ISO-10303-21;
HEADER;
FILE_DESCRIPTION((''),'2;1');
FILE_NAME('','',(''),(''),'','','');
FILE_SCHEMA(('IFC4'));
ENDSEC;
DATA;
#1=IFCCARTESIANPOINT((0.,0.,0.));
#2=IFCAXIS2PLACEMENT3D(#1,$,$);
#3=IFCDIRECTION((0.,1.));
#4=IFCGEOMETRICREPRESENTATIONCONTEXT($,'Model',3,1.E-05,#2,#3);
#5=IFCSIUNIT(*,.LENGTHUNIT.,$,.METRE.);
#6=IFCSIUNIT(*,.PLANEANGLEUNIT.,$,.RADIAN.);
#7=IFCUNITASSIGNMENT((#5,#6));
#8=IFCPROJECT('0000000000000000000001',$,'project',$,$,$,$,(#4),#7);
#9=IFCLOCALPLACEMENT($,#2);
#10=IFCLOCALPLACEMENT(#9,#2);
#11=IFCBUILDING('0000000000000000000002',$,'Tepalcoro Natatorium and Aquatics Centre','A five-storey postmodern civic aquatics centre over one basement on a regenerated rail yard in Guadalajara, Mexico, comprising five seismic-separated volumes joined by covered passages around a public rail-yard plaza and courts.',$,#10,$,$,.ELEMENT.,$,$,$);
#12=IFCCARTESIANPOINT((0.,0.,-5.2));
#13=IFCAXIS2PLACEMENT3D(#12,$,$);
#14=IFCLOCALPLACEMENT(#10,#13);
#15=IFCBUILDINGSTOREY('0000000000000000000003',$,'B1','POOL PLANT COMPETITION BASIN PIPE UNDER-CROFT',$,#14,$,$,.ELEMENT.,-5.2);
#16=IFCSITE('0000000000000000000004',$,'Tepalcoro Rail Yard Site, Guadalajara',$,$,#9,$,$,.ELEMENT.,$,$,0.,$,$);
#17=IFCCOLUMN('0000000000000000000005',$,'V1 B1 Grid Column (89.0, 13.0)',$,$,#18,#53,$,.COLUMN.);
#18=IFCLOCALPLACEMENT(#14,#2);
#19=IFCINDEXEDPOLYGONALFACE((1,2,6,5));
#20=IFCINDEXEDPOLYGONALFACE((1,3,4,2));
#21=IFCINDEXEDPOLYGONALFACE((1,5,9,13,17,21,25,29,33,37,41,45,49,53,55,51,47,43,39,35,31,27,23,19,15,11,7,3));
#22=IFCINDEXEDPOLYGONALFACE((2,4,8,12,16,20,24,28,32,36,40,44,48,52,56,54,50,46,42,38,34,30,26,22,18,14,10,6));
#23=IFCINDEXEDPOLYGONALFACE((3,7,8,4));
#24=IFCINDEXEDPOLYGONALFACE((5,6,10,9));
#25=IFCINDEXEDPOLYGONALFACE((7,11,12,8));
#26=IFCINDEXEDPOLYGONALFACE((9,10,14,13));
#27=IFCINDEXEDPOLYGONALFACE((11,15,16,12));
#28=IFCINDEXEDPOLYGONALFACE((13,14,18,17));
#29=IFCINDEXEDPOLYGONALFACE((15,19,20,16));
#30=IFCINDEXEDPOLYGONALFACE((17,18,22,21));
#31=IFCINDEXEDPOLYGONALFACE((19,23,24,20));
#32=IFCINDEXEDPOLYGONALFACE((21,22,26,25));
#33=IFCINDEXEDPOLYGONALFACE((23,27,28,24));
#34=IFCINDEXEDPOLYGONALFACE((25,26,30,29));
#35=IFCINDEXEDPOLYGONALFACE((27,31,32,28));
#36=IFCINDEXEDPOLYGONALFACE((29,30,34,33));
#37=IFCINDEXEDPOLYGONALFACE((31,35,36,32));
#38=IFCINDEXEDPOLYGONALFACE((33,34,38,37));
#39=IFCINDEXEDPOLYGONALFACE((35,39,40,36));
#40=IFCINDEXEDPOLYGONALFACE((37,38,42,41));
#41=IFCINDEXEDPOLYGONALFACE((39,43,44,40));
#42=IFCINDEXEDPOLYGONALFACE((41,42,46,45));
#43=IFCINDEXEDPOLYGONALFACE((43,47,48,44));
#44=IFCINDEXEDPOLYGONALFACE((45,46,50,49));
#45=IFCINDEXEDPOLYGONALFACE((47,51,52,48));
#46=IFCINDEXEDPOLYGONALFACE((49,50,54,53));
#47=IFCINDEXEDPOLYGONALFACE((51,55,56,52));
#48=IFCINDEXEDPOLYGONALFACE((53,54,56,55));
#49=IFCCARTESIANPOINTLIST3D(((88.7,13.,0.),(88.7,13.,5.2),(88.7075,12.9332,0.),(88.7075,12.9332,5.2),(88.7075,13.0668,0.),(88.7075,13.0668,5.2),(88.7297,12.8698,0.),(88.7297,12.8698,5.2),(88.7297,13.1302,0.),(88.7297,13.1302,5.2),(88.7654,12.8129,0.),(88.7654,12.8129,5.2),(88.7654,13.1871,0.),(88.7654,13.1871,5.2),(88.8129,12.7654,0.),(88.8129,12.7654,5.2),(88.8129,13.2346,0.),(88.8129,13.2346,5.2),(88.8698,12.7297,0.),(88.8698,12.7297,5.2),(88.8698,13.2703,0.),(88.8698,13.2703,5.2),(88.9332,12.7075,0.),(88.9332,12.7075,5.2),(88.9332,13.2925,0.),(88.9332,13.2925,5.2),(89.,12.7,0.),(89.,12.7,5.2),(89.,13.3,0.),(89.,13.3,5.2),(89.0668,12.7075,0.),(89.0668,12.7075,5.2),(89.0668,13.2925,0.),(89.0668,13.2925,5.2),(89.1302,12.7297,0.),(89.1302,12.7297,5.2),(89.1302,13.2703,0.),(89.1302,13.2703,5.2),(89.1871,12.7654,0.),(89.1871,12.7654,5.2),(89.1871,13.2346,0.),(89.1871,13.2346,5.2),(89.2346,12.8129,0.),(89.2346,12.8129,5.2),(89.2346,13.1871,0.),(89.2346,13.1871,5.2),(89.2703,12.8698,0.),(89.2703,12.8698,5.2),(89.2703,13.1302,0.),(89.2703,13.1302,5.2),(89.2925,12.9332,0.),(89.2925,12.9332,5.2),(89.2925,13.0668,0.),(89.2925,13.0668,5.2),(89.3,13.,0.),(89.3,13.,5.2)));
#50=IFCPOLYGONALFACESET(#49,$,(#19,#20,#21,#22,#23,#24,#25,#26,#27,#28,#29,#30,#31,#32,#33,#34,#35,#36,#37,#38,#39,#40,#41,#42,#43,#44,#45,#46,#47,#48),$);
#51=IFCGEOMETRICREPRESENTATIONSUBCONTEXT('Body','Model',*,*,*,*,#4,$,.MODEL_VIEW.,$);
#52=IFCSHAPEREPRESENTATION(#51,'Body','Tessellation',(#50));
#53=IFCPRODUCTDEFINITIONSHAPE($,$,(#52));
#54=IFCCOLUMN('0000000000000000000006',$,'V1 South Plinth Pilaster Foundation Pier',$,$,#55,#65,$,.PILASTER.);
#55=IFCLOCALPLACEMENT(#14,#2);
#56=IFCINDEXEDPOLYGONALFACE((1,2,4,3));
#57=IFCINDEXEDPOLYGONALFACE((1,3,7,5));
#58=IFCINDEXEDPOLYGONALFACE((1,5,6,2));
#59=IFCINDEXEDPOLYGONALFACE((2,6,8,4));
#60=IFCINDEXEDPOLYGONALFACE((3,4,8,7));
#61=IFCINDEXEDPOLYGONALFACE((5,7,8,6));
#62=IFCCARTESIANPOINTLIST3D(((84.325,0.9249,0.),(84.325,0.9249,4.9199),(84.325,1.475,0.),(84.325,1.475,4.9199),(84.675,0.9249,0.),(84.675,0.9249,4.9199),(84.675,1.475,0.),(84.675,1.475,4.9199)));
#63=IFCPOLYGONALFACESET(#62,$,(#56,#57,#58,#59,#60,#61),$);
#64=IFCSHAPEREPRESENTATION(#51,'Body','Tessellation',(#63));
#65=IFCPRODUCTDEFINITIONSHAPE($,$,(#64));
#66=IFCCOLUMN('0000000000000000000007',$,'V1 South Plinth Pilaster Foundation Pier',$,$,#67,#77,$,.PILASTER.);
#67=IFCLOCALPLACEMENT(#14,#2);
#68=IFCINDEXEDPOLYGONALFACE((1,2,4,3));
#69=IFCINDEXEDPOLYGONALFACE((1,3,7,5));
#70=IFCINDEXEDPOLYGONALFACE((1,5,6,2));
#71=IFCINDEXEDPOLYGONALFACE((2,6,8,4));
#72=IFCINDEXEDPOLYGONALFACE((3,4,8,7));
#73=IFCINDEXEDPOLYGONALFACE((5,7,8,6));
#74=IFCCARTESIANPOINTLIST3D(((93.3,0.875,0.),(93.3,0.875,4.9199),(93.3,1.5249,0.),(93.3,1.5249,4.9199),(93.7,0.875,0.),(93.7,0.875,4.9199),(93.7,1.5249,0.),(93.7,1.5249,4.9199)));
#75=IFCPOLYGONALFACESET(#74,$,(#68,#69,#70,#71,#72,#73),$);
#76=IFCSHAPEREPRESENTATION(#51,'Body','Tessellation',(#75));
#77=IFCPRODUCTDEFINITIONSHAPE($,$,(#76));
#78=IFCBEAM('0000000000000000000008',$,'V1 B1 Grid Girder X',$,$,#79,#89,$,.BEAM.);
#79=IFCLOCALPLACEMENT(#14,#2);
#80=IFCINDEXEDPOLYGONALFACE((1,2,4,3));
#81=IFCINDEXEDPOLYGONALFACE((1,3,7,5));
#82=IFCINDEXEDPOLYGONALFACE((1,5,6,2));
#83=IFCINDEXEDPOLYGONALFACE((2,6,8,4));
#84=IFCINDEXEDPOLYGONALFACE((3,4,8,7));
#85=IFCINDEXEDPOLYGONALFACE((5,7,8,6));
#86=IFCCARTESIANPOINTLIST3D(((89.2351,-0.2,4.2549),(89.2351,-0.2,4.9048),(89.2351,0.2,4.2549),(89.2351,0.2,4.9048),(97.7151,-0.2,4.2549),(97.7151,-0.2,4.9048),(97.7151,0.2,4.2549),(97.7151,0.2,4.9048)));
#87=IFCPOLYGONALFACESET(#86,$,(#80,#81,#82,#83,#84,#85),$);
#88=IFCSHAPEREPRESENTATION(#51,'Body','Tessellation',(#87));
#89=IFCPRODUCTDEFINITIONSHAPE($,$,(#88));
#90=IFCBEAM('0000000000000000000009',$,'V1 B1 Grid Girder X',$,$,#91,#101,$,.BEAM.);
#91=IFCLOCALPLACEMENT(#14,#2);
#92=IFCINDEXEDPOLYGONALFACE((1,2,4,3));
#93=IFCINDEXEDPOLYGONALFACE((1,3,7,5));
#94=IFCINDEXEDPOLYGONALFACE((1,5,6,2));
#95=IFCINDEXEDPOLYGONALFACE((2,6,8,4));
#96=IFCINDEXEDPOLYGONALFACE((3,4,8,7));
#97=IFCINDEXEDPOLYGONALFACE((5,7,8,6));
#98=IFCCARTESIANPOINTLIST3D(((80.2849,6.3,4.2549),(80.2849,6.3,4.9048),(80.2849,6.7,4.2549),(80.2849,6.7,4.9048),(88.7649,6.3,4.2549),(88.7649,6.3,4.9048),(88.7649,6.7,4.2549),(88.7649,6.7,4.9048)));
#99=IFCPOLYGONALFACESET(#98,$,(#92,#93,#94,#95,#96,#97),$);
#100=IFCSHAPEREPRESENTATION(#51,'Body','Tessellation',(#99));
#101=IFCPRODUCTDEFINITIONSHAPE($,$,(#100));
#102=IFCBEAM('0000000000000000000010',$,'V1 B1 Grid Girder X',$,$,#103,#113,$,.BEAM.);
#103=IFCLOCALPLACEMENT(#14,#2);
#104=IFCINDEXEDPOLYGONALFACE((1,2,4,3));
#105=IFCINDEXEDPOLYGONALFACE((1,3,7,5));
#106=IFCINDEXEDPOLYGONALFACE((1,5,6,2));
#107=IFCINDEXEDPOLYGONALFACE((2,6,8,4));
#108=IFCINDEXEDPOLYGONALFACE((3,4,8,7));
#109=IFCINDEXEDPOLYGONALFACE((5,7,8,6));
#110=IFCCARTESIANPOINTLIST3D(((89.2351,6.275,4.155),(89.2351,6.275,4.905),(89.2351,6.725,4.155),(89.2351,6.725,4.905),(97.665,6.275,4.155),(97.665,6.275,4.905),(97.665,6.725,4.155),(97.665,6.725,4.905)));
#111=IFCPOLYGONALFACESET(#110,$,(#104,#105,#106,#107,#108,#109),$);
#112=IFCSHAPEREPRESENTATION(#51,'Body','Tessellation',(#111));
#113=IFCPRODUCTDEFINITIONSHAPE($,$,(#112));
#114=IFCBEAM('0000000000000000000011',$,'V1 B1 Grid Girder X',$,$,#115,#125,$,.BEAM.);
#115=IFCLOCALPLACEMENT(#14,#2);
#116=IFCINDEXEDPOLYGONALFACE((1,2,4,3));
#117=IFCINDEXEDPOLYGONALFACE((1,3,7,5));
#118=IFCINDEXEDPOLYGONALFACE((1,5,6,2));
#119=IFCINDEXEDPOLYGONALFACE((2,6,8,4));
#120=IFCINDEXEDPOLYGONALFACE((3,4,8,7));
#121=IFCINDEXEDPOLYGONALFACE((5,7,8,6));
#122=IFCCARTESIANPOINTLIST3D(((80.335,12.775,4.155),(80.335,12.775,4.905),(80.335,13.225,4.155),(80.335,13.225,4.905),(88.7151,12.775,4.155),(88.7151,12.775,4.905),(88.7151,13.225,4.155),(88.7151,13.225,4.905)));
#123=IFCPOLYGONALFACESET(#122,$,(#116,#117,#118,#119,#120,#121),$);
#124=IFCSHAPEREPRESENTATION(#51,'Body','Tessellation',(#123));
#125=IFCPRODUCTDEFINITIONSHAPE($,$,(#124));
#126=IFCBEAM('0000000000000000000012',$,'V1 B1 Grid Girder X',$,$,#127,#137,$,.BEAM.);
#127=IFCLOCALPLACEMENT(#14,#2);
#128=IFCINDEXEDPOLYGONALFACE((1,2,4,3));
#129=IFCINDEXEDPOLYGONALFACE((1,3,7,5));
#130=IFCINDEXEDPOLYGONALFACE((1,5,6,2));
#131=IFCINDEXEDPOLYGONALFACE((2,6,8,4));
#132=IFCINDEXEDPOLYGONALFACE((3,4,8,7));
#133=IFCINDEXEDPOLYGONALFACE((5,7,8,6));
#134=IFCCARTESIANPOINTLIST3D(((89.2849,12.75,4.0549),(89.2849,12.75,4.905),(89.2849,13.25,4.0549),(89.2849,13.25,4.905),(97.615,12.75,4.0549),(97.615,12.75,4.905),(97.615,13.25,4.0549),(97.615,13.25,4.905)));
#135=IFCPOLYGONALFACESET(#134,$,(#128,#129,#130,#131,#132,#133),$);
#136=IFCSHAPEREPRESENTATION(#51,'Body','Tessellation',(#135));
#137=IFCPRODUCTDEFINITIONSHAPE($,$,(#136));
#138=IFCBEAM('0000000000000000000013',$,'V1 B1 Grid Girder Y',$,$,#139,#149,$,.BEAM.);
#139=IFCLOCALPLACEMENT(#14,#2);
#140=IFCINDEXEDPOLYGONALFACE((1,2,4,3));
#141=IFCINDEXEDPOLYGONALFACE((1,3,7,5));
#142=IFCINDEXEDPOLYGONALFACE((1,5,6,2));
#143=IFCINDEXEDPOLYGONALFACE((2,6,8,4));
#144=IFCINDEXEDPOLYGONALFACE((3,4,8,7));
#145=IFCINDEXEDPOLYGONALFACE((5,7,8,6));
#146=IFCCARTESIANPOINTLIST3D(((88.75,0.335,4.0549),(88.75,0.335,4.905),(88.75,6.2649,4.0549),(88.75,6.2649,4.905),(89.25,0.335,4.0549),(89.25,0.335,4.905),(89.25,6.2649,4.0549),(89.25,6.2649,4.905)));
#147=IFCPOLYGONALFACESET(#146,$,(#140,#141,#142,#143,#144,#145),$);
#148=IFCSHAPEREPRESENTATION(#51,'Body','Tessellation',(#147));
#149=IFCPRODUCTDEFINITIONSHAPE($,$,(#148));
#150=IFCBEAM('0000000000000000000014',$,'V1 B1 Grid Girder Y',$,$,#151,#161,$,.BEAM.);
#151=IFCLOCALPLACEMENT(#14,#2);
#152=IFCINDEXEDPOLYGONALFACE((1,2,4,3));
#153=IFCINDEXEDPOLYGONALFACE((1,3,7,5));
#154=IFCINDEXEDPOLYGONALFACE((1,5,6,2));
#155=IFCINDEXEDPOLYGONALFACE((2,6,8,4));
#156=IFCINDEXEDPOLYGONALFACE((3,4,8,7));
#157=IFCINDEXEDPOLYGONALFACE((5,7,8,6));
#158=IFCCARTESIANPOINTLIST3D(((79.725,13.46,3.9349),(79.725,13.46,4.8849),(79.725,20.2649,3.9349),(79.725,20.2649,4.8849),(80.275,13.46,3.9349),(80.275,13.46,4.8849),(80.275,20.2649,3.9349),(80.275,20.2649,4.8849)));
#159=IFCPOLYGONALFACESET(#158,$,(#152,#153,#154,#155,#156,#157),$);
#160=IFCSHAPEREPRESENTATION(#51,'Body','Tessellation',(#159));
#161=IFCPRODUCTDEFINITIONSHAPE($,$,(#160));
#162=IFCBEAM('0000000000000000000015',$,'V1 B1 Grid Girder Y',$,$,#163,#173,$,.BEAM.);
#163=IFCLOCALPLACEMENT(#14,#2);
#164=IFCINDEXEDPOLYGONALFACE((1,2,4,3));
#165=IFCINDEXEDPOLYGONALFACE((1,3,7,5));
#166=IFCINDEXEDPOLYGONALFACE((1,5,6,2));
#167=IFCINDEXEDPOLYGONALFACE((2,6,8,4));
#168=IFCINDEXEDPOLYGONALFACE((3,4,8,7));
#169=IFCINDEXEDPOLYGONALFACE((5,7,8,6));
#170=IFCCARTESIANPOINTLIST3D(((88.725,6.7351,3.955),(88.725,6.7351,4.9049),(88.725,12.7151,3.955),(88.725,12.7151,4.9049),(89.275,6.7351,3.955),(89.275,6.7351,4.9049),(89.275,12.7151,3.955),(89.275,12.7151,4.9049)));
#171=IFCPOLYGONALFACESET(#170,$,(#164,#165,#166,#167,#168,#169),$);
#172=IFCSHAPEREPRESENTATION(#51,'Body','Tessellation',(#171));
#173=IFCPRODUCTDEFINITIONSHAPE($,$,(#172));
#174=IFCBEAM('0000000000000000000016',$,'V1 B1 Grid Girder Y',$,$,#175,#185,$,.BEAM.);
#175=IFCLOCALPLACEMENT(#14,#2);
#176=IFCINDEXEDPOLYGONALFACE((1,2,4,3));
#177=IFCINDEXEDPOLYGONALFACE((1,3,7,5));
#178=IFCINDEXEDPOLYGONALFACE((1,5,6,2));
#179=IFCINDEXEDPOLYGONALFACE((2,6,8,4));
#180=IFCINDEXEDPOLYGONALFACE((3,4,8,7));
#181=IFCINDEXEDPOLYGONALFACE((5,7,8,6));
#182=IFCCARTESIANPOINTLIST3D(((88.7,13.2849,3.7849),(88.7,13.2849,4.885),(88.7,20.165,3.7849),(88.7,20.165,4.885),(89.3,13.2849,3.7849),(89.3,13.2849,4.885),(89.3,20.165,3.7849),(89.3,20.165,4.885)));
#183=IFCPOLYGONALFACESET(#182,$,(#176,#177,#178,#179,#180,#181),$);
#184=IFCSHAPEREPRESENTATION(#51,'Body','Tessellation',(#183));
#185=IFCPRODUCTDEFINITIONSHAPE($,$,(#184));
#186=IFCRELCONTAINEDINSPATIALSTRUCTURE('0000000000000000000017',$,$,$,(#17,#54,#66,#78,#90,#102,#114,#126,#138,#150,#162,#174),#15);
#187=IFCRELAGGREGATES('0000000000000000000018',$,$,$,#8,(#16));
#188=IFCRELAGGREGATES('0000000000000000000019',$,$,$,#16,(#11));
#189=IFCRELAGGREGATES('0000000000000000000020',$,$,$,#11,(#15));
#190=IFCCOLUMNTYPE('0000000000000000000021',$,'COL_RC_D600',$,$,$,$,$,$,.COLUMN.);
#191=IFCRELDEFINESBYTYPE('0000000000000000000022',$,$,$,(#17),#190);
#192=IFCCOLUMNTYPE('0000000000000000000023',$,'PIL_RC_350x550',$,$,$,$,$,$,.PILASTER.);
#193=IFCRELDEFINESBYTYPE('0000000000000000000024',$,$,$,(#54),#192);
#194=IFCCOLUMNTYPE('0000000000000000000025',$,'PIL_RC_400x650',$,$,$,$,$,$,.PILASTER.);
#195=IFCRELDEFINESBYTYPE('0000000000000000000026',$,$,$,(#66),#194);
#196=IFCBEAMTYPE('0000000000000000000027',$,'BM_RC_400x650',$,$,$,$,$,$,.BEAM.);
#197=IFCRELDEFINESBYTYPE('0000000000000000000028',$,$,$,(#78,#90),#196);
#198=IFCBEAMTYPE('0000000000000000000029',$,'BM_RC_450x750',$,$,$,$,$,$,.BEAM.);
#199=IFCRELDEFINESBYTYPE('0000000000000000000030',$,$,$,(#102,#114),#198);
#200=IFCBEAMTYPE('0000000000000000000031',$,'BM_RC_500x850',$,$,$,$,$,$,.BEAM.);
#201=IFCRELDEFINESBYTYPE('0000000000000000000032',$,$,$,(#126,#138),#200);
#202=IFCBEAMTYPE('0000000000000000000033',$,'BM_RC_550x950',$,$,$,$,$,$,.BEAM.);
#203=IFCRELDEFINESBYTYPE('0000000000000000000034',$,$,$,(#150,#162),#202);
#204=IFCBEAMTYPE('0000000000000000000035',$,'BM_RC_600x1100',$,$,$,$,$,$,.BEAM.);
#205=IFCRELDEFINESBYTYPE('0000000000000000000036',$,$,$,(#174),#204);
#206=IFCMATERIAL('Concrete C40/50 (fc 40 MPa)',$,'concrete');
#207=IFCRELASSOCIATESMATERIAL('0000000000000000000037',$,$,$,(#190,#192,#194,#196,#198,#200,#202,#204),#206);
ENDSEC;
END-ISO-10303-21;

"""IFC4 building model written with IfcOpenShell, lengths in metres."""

from ifc_helpers import new_model, si_unit, direction, frame, origin, origin_2d, place, context, subcontext, project, spatial, rectangle, circle, extrude, material, material_profile, profile_set, type_object, element, save


model = new_model("IFC4")

# Units and contexts
model_context = context("Model", 3, precision=1e-05, world=origin(), true_north=direction((0.0, 1.0)))
body_context = subcontext(model_context, "Body", "Model", "MODEL_VIEW")
ifc_project = project(units=[si_unit("LENGTHUNIT", "METRE"), si_unit("PLANEANGLEUNIT", "RADIAN")], contexts=[model_context])

# Site, building, storey
site_placement = place(None, origin())
site = spatial("IfcSite", under=ifc_project, at=site_placement, Name="Tepalcoro Rail Yard Site, Guadalajara", CompositionType="ELEMENT", RefElevation=0.0)
building_placement = place(site_placement, origin())
building = spatial("IfcBuilding", under=site, at=building_placement, Name="Tepalcoro Natatorium and Aquatics Centre", Description="A five-storey postmodern civic aquatics centre over one basement on a regenerated rail yard in Guadalajara, Mexico, comprising five seismic-separated volumes joined by covered passages around a public rail-yard plaza and courts.", CompositionType="ELEMENT")
storey_placement = place(building_placement, frame((0.0, 0.0, -5.2)))
storey = spatial("IfcBuildingStorey", under=building, at=storey_placement, Name="B1", Description="POOL PLANT COMPETITION BASIN PIPE UNDER-CROFT", CompositionType="ELEMENT", Elevation=-5.2)

# Shared definitions
ifc_material_1 = material(Name="Concrete C40/50 (fc 40 MPa)", Category="concrete")

# Columns
ifc_material_profile_1 = material_profile(ifc_material_1, circle(Radius=0.3, at=origin_2d()), Name="RCD600")
ifc_profile_set_1 = profile_set([ifc_material_profile_1], Name="Concrete C40/50 (fc 40 MPa)")
column_type_1 = type_object("IfcColumnType", Name="COL_RC_D600", PredefinedType="COLUMN", material=ifc_profile_set_1)
column_1_placement = place(storey_placement, frame((89.0, 13.0, 0.0), z_axis=(0.0, 0.0, 1.0), x_axis=(1.0, 0.0, 0.0)))
element("IfcColumn", 1, at=column_1_placement, inside=storey, type_object=column_type_1, Name="V1 B1 Grid Column (89.0, 13.0)", PredefinedType="COLUMN", context=body_context, shape_type="SweptSolid", body=[
    extrude(circle(Radius=0.3, at=origin_2d()), origin(), (0.0, 0.0, 1.0), 5.2),
])
ifc_material_profile_2 = material_profile(ifc_material_1, rectangle(XDim=0.3501, YDim=0.55, at=origin_2d()), Name="PIL350x550")
ifc_profile_set_2 = profile_set([ifc_material_profile_2], Name="Concrete C40/50 (fc 40 MPa)")
column_type_2 = type_object("IfcColumnType", Name="PIL_RC_350x550", PredefinedType="PILASTER", material=ifc_profile_set_2)
column_2_placement = place(storey_placement, frame((84.5, 1.2, 0.0), z_axis=(0.0, 0.0, 1.0), x_axis=(1.0, 0.0, 0.0)))
element("IfcColumn", 2, at=column_2_placement, inside=storey, type_object=column_type_2, Name="V1 South Plinth Pilaster Foundation Pier", PredefinedType="PILASTER", context=body_context, shape_type="SweptSolid", body=[
    extrude(rectangle(XDim=0.3501, YDim=0.55, at=origin_2d()), origin(), (0.0, 0.0, 1.0), 4.9199),
])
ifc_material_profile_3 = material_profile(ifc_material_1, rectangle(XDim=0.3999, YDim=0.6499, at=origin_2d()), Name="PIL400x650")
ifc_profile_set_3 = profile_set([ifc_material_profile_3], Name="Concrete C40/50 (fc 40 MPa)")
column_type_3 = type_object("IfcColumnType", Name="PIL_RC_400x650", PredefinedType="PILASTER", material=ifc_profile_set_3)
column_3_placement = place(storey_placement, frame((93.5, 1.2, 0.0), z_axis=(0.0, 0.0, 1.0), x_axis=(1.0, 0.0, 0.0)))
element("IfcColumn", 3, at=column_3_placement, inside=storey, type_object=column_type_3, Name="V1 South Plinth Pilaster Foundation Pier", PredefinedType="PILASTER", context=body_context, shape_type="SweptSolid", body=[
    extrude(rectangle(XDim=0.3999, YDim=0.6499, at=origin_2d()), origin(), (0.0, 0.0, 1.0), 4.9199),
])

# Beams
ifc_material_profile_4 = material_profile(ifc_material_1, rectangle(XDim=0.3999, YDim=0.6499, at=origin_2d()), Name="RCB400x650")
ifc_profile_set_4 = profile_set([ifc_material_profile_4], Name="Concrete C40/50 (fc 40 MPa)")
beam_type_1 = type_object("IfcBeamType", Name="BM_RC_400x650", PredefinedType="BEAM", material=ifc_profile_set_4)
for number, where, z_axis, x_axis, name in (
    (4, (89.2351, 0.0, 4.5798), (1.0, 0.0, 0.0), (0.0, 1.0, 0.0), "V1 B1 Grid Girder X"),
    (5, (80.2849, 6.5, 4.5798), (1.0, 0.0, 0.0), (0.0, 1.0, 0.0), "V1 B1 Grid Girder X"),
):
    element("IfcBeam", number, at=place(storey_placement, frame(where, z_axis=z_axis, x_axis=x_axis)), inside=storey, type_object=beam_type_1, Name=name, PredefinedType="BEAM", context=body_context, shape_type="SweptSolid", body=[
        extrude(rectangle(XDim=0.3999, YDim=0.6499, at=origin_2d()), origin(), (0.0, 0.0, 1.0), 8.48),
    ])
ifc_material_profile_5 = material_profile(ifc_material_1, rectangle(XDim=0.45, YDim=0.75, at=origin_2d()), Name="RCB450x750")
ifc_profile_set_5 = profile_set([ifc_material_profile_5], Name="Concrete C40/50 (fc 40 MPa)")
beam_type_2 = type_object("IfcBeamType", Name="BM_RC_450x750", PredefinedType="BEAM", material=ifc_profile_set_5)
beam_1_placement = place(storey_placement, frame((89.2351, 6.5, 4.53), z_axis=(1.0, 0.0, 0.0), x_axis=(0.0, 1.0, 0.0)))
element("IfcBeam", 6, at=beam_1_placement, inside=storey, type_object=beam_type_2, Name="V1 B1 Grid Girder X", PredefinedType="BEAM", context=body_context, shape_type="SweptSolid", body=[
    extrude(rectangle(XDim=0.45, YDim=0.75, at=origin_2d()), origin(), (0.0, 0.0, 1.0), 8.4299),
])
beam_2_placement = place(storey_placement, frame((80.335, 13.0, 4.53), z_axis=(1.0, 0.0, 0.0), x_axis=(0.0, 1.0, 0.0)))
element("IfcBeam", 7, at=beam_2_placement, inside=storey, type_object=beam_type_2, Name="V1 B1 Grid Girder X", PredefinedType="BEAM", context=body_context, shape_type="SweptSolid", body=[
    extrude(rectangle(XDim=0.45, YDim=0.75, at=origin_2d()), origin(), (0.0, 0.0, 1.0), 8.3801),
])
ifc_material_profile_6 = material_profile(ifc_material_1, rectangle(XDim=0.5, YDim=0.8501, at=origin_2d()), Name="RCB500x850")
ifc_profile_set_6 = profile_set([ifc_material_profile_6], Name="Concrete C40/50 (fc 40 MPa)")
beam_type_3 = type_object("IfcBeamType", Name="BM_RC_500x850", PredefinedType="BEAM", material=ifc_profile_set_6)
beam_3_placement = place(storey_placement, frame((89.2849, 13.0, 4.48), z_axis=(1.0, 0.0, 0.0), x_axis=(0.0, 1.0, 0.0)))
element("IfcBeam", 8, at=beam_3_placement, inside=storey, type_object=beam_type_3, Name="V1 B1 Grid Girder X", PredefinedType="BEAM", context=body_context, shape_type="SweptSolid", body=[
    extrude(rectangle(XDim=0.5, YDim=0.8501, at=origin_2d()), origin(), (0.0, 0.0, 1.0), 8.3301),
])
beam_4_placement = place(storey_placement, frame((89.0, 0.335, 4.48), z_axis=(0.0, 1.0, 0.0), x_axis=(-1.0, 0.0, 0.0)))
element("IfcBeam", 9, at=beam_4_placement, inside=storey, type_object=beam_type_3, Name="V1 B1 Grid Girder Y", PredefinedType="BEAM", context=body_context, shape_type="SweptSolid", body=[
    extrude(rectangle(XDim=0.5, YDim=0.8501, at=origin_2d()), origin(), (0.0, 0.0, 1.0), 5.9299),
])
ifc_material_profile_7 = material_profile(ifc_material_1, rectangle(XDim=0.55, YDim=0.95, at=origin_2d()), Name="RCB550x950")
ifc_profile_set_7 = profile_set([ifc_material_profile_7], Name="Concrete C40/50 (fc 40 MPa)")
beam_type_4 = type_object("IfcBeamType", Name="BM_RC_550x950", PredefinedType="BEAM", material=ifc_profile_set_7)
beam_5_placement = place(storey_placement, frame((80.0, 13.46, 4.4099), z_axis=(0.0, 1.0, 0.0), x_axis=(-1.0, 0.0, 0.0)))
element("IfcBeam", 10, at=beam_5_placement, inside=storey, type_object=beam_type_4, Name="V1 B1 Grid Girder Y", PredefinedType="BEAM", context=body_context, shape_type="SweptSolid", body=[
    extrude(rectangle(XDim=0.55, YDim=0.95, at=origin_2d()), origin(), (0.0, 0.0, 1.0), 6.8049),
])
beam_6_placement = place(storey_placement, frame((89.0, 6.7351, 4.4299), z_axis=(0.0, 1.0, 0.0), x_axis=(-1.0, 0.0, 0.0)))
element("IfcBeam", 11, at=beam_6_placement, inside=storey, type_object=beam_type_4, Name="V1 B1 Grid Girder Y", PredefinedType="BEAM", context=body_context, shape_type="SweptSolid", body=[
    extrude(rectangle(XDim=0.55, YDim=0.95, at=origin_2d()), origin(), (0.0, 0.0, 1.0), 5.98),
])
ifc_material_profile_8 = material_profile(ifc_material_1, rectangle(XDim=0.6001, YDim=1.1001, at=origin_2d()), Name="RCB600x1100")
ifc_profile_set_8 = profile_set([ifc_material_profile_8], Name="Concrete C40/50 (fc 40 MPa)")
beam_type_5 = type_object("IfcBeamType", Name="BM_RC_600x1100", PredefinedType="BEAM", material=ifc_profile_set_8)
beam_7_placement = place(storey_placement, frame((89.0, 13.2849, 4.335), z_axis=(0.0, 1.0, 0.0), x_axis=(-1.0, 0.0, 0.0)))
element("IfcBeam", 12, at=beam_7_placement, inside=storey, type_object=beam_type_5, Name="V1 B1 Grid Girder Y", PredefinedType="BEAM", context=body_context, shape_type="SweptSolid", body=[
    extrude(rectangle(XDim=0.6001, YDim=1.1001, at=origin_2d()), origin(), (0.0, 0.0, 1.0), 6.8801),
])

save(model, "model.ifc")
